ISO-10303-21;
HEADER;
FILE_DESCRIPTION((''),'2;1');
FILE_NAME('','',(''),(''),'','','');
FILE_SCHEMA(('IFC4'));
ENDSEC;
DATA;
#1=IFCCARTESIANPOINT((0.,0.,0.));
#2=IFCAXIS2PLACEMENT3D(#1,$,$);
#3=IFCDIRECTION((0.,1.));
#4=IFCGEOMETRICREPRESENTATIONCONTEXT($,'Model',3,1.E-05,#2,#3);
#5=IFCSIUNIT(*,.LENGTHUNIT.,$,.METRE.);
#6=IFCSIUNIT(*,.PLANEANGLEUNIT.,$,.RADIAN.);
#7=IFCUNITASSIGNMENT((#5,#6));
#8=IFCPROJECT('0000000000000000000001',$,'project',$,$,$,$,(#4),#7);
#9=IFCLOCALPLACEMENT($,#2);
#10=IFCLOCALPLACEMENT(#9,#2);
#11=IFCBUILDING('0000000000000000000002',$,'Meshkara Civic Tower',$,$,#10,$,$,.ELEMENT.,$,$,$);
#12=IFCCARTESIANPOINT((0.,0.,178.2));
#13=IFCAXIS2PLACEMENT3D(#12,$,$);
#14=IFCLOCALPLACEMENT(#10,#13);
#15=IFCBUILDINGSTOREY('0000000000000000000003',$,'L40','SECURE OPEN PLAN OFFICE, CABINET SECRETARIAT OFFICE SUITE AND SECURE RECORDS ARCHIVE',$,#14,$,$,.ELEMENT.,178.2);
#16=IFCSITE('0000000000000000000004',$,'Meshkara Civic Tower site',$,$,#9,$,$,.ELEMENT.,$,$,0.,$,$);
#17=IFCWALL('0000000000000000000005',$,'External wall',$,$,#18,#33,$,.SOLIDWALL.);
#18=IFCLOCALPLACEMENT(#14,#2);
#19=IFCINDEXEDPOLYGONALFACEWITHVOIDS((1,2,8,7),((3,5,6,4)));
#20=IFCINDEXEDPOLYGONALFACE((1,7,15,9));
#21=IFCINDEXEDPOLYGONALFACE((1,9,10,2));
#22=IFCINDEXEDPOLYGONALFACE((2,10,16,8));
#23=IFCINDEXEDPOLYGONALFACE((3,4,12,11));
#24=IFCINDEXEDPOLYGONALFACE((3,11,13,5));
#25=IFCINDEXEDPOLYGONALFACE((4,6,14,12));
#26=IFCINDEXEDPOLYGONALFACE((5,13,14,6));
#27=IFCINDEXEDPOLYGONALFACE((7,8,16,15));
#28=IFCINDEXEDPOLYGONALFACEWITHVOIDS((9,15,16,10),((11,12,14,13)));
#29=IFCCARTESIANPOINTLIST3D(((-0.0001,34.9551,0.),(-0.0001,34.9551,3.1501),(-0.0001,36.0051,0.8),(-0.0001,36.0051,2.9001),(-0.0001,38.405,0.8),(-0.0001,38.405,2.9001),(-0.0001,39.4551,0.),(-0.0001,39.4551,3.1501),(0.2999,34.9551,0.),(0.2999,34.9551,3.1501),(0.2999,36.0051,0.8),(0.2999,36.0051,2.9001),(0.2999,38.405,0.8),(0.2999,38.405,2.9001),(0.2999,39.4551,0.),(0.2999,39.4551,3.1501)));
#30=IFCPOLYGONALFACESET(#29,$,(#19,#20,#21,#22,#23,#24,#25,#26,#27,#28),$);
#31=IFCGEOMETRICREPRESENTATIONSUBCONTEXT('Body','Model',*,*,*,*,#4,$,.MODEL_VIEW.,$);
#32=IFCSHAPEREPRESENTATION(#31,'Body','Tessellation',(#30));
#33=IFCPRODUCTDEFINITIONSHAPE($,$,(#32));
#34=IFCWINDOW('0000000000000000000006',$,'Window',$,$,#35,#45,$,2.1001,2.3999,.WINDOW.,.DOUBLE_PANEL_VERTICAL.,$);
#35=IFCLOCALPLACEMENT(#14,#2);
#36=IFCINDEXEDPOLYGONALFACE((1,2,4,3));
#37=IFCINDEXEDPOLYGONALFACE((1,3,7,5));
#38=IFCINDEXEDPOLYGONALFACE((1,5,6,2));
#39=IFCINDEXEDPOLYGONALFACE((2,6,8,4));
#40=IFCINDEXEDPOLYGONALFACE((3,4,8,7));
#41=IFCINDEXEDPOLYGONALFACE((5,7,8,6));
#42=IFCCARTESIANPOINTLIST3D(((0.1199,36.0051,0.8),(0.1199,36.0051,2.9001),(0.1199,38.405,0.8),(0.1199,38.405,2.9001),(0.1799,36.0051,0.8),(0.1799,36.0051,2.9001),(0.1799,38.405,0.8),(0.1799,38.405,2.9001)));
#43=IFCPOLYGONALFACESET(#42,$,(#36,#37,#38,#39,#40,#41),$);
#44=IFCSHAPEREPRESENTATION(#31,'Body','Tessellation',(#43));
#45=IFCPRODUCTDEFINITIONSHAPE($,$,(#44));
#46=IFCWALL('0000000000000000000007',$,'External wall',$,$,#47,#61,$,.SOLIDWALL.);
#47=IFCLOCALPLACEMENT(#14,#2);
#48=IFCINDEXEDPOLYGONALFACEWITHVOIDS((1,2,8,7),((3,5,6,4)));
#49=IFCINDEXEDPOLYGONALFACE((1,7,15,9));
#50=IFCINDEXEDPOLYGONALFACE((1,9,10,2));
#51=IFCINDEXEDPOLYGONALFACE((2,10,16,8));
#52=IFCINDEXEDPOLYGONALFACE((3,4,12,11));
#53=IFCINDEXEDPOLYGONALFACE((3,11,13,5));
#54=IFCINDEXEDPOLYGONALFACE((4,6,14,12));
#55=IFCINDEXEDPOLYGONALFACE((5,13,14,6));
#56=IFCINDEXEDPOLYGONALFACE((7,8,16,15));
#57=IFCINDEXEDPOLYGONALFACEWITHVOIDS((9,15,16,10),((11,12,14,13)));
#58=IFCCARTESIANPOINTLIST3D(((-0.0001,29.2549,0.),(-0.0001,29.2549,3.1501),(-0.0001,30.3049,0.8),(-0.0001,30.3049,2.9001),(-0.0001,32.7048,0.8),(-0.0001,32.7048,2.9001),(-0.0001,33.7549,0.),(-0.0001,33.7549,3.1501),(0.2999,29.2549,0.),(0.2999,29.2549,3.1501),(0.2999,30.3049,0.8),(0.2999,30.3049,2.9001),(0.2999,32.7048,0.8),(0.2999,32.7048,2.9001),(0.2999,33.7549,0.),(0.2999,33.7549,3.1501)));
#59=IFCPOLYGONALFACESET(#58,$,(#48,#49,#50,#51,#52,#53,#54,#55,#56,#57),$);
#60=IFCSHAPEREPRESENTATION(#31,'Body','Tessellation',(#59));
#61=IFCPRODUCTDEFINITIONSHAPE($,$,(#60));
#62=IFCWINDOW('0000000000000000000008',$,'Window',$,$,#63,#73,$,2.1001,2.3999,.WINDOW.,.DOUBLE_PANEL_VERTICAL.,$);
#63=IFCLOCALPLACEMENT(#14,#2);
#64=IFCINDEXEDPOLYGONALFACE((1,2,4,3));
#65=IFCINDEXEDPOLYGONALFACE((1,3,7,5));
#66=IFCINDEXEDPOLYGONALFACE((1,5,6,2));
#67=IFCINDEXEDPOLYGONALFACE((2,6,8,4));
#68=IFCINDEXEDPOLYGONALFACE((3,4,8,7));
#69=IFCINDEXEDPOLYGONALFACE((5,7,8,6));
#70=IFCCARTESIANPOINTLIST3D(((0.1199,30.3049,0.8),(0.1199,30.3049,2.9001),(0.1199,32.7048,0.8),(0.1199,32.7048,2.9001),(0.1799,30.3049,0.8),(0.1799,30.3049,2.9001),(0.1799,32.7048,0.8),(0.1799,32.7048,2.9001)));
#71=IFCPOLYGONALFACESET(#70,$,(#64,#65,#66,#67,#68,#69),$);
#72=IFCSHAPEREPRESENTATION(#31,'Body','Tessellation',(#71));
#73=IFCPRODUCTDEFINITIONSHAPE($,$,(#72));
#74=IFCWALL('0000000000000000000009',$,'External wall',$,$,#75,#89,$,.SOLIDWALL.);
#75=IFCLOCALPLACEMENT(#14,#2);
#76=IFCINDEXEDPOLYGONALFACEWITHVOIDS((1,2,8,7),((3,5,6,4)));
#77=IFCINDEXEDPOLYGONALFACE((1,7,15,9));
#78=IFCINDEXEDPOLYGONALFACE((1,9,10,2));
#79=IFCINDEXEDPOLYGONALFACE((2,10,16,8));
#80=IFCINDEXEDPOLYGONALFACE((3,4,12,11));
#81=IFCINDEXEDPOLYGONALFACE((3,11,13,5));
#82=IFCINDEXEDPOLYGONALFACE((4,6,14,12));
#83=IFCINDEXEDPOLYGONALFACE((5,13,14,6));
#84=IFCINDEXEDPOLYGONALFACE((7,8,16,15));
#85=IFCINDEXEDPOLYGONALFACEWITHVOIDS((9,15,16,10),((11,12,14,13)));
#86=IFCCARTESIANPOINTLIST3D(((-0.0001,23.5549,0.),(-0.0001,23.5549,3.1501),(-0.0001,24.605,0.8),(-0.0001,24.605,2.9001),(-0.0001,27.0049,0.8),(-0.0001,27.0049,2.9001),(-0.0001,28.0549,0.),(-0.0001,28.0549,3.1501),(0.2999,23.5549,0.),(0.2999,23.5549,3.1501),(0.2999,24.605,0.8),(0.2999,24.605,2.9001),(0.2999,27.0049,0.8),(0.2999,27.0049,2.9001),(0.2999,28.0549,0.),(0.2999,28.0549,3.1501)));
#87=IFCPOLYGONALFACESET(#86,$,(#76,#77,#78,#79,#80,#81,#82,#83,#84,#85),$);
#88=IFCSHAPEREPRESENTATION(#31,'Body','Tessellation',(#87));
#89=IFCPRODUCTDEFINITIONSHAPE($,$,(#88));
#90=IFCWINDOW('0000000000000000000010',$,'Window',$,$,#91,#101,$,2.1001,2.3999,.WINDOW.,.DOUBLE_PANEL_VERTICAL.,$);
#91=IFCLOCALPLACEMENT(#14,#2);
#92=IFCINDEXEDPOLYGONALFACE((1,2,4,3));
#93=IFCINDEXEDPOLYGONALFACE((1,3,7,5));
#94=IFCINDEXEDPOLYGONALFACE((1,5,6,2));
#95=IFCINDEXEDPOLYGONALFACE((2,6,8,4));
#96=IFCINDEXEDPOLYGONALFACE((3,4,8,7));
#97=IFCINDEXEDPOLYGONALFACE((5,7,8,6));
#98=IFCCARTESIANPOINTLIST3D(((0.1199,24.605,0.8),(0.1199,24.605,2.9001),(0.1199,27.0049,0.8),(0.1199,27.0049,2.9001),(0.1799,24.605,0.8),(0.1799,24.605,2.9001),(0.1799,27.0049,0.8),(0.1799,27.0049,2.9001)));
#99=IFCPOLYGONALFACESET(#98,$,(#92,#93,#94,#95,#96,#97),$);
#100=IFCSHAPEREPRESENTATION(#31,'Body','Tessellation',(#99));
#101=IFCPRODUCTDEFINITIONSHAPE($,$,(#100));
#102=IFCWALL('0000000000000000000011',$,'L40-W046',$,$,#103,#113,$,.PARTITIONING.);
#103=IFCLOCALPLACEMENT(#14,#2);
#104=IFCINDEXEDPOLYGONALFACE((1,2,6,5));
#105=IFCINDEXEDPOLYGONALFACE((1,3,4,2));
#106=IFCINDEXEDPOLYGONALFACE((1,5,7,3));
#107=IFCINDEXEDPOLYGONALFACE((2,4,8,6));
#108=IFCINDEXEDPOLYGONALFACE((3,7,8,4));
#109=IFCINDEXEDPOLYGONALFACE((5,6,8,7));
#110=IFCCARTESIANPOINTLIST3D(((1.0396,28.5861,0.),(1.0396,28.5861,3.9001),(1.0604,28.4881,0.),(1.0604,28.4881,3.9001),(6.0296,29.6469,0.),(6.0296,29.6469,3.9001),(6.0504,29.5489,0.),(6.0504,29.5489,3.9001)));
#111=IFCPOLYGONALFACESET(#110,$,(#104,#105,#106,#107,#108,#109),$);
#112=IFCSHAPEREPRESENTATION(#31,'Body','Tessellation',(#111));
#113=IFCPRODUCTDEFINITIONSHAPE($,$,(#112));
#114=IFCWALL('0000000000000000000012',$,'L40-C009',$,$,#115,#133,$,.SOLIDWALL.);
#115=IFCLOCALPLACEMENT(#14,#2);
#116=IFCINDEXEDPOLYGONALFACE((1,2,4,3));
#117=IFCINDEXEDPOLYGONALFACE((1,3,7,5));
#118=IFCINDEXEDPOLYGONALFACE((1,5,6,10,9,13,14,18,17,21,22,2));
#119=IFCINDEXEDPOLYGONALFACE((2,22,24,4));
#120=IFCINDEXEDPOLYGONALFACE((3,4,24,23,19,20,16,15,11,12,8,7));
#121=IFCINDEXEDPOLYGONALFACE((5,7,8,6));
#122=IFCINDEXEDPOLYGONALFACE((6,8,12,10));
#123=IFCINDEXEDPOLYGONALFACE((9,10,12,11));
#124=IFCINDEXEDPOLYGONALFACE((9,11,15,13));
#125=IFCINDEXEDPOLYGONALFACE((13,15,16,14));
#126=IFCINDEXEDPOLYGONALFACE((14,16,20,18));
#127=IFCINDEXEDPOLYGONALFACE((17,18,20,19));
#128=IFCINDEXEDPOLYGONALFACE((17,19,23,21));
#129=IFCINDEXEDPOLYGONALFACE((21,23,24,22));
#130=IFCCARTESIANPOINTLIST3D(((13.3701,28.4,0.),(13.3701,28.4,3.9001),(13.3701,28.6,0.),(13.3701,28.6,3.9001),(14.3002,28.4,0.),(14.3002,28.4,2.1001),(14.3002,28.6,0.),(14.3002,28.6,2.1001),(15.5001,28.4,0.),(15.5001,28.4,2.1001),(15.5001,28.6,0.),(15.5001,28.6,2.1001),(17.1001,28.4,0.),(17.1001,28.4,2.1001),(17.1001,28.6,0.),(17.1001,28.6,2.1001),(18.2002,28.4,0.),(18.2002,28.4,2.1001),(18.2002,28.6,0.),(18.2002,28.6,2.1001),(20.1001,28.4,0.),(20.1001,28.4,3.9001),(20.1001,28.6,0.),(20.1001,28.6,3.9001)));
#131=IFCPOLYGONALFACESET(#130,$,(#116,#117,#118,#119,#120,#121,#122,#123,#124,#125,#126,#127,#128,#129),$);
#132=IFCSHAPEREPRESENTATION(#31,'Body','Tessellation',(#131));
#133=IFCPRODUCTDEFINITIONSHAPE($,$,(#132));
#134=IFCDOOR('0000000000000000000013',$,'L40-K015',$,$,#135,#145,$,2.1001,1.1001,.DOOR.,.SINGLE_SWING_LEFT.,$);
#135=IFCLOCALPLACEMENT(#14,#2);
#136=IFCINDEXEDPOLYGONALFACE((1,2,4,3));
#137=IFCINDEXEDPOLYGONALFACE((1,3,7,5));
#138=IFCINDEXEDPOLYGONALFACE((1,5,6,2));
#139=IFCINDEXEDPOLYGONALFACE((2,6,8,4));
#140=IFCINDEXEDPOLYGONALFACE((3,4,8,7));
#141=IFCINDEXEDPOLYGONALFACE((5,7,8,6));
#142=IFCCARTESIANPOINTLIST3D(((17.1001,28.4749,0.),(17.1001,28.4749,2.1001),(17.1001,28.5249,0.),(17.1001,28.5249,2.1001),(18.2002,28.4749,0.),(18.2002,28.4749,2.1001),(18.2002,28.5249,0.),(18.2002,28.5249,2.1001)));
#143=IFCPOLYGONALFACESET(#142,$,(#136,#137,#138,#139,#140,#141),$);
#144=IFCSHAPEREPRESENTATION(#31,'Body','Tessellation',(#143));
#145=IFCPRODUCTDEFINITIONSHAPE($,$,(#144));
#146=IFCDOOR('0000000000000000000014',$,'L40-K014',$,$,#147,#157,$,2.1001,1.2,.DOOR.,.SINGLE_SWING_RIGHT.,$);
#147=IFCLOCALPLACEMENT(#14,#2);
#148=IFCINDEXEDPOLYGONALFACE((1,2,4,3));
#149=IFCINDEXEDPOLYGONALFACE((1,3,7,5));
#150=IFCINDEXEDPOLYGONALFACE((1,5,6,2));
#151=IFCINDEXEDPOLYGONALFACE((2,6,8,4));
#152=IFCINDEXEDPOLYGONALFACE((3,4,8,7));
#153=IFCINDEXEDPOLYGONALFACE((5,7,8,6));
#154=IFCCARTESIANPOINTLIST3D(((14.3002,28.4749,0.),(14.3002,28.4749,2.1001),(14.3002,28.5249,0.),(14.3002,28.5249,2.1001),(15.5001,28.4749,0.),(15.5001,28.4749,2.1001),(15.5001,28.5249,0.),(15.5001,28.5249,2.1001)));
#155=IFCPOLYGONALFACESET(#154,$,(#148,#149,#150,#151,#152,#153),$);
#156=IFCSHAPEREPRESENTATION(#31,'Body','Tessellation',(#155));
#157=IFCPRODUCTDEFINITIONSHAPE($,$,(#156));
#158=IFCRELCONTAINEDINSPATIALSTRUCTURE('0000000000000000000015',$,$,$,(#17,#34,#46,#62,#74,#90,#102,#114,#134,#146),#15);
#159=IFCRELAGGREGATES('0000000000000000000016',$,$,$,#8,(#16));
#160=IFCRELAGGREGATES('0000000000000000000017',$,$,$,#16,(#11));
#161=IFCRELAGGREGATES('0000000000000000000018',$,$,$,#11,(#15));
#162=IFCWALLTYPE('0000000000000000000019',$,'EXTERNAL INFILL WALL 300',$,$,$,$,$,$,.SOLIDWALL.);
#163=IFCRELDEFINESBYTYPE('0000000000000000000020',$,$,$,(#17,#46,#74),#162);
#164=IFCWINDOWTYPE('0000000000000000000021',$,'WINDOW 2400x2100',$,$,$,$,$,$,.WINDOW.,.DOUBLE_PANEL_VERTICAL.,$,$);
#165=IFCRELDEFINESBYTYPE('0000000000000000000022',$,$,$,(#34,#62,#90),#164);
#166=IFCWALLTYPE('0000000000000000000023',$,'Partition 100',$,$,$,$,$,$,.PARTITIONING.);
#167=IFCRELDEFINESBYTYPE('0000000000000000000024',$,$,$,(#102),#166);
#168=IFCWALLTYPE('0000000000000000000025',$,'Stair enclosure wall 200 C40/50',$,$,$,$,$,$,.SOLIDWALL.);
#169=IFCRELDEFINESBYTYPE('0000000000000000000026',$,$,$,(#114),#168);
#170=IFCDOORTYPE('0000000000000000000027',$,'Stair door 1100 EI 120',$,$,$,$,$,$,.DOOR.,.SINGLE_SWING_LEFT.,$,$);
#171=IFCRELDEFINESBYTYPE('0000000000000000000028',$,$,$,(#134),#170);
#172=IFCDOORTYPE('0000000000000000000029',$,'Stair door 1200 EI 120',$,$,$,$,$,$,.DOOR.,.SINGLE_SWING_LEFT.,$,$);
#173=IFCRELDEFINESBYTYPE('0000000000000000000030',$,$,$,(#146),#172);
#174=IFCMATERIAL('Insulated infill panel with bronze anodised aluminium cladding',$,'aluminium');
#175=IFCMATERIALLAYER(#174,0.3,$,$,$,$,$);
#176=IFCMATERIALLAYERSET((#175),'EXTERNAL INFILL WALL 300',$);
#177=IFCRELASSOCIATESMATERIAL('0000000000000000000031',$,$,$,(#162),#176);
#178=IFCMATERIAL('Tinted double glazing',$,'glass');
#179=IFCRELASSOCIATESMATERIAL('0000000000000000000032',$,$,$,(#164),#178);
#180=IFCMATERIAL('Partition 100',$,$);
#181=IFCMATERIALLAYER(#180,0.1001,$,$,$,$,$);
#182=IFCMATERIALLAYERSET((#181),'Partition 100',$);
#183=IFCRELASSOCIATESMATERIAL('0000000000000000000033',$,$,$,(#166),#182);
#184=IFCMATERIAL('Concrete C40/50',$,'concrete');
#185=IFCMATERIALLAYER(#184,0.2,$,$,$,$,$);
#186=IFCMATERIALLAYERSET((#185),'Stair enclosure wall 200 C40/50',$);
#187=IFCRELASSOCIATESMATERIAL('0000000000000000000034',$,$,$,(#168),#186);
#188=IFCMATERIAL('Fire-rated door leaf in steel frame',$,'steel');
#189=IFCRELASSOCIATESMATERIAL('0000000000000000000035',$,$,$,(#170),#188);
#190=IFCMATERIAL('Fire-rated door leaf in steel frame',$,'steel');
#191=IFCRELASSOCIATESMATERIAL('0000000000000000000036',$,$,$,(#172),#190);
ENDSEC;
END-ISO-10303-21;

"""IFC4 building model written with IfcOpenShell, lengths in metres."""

from ifc_helpers import new_model, si_unit, direction, frame, frame_2d, origin, place, context, subcontext, project, spatial, rectangle, extrude, material, layer, layer_set, type_object, element, fill, save


model = new_model("IFC4")

# Units and contexts
model_context = context("Model", 3, precision=1e-05, world=origin(), true_north=direction((0.0, 1.0)))
body_context = subcontext(model_context, "Body", "Model", "MODEL_VIEW")
ifc_project = project(units=[si_unit("LENGTHUNIT", "METRE"), si_unit("PLANEANGLEUNIT", "RADIAN")], contexts=[model_context])

# Site, building, storey
site_placement = place(None, origin())
site = spatial("IfcSite", under=ifc_project, at=site_placement, Name="Meshkara Civic Tower site", CompositionType="ELEMENT", RefElevation=0.0)
building_placement = place(site_placement, origin())
building = spatial("IfcBuilding", under=site, at=building_placement, Name="Meshkara Civic Tower", CompositionType="ELEMENT")
storey_placement = place(building_placement, frame((0.0, 0.0, 178.2)))
storey = spatial("IfcBuildingStorey", under=building, at=storey_placement, Name="L40", Description="SECURE OPEN PLAN OFFICE, CABINET SECRETARIAT OFFICE SUITE AND SECURE RECORDS ARCHIVE", CompositionType="ELEMENT", Elevation=178.2)

# Walls, openings, windows
ifc_material_1 = material(Name="Insulated infill panel with bronze anodised aluminium cladding", Category="aluminium")
ifc_layer_1 = layer(ifc_material_1, 0.3)
ifc_layer_set_1 = layer_set([ifc_layer_1], Name="EXTERNAL INFILL WALL 300")
wall_type_1 = type_object("IfcWallType", Name="EXTERNAL INFILL WALL 300", PredefinedType="SOLIDWALL", material=ifc_layer_set_1)
wall_1_placement = place(storey_placement, frame((0.1499, 39.4551, 0.0), z_axis=(0.0, 0.0, 1.0), x_axis=(0.0, -1.0, 0.0)))
wall_1 = element("IfcWall", 1, at=wall_1_placement, inside=storey, type_object=wall_type_1, Name="External wall", PredefinedType="SOLIDWALL", context=body_context, shape_type="SweptSolid", body=[
    extrude(rectangle(XDim=4.5, YDim=0.3, at=frame_2d((2.25, 0.0))), origin(), (0.0, 0.0, 1.0), 3.1501),
])
opening_1_placement = place(wall_1_placement, frame((1.05, 0.0, 0.8)))
opening_1 = element("IfcOpeningElement", 2, at=opening_1_placement, cuts=wall_1, PredefinedType="OPENING", context=body_context, shape_type="SweptSolid", body=[
    extrude(rectangle(XDim=2.3999, YDim=2.1001, at=frame_2d((1.2, 1.05))), frame((0.0, 0.1599, 0.0), z_axis=(0.0, -1.0, 0.0), x_axis=(1.0, 0.0, 0.0)), (0.0, 0.0, 1.0), 0.3201),
])
ifc_material_2 = material(Name="Tinted double glazing", Category="glass")
window_type = type_object("IfcWindowType", Name="WINDOW 2400x2100", PartitioningType="DOUBLE_PANEL_VERTICAL", PredefinedType="WINDOW", material=ifc_material_2)
window_1_placement = place(opening_1_placement, origin())
window_1 = element("IfcWindow", 3, at=window_1_placement, inside=storey, type_object=window_type, Name="Window", OverallHeight=2.1001, OverallWidth=2.3999, PartitioningType="DOUBLE_PANEL_VERTICAL", PredefinedType="WINDOW", context=body_context, shape_type="SweptSolid", body=[
    extrude(rectangle(XDim=2.3999, YDim=2.1001, at=frame_2d((1.2, 1.05))), frame((0.0, 0.03, 0.0), z_axis=(0.0, -1.0, 0.0), x_axis=(1.0, 0.0, 0.0)), (0.0, 0.0, 1.0), 0.0601),
])
fill(opening_1, window_1)
wall_2_placement = place(storey_placement, frame((0.1499, 33.7549, 0.0), z_axis=(0.0, 0.0, 1.0), x_axis=(0.0, -1.0, 0.0)))
wall_2 = element("IfcWall", 4, at=wall_2_placement, inside=storey, type_object=wall_type_1, Name="External wall", PredefinedType="SOLIDWALL", context=body_context, shape_type="SweptSolid", body=[
    extrude(rectangle(XDim=4.5, YDim=0.3, at=frame_2d((2.25, 0.0))), origin(), (0.0, 0.0, 1.0), 3.1501),
])
opening_2_placement = place(wall_2_placement, frame((1.05, 0.0, 0.8)))
opening_2 = element("IfcOpeningElement", 5, at=opening_2_placement, cuts=wall_2, PredefinedType="OPENING", context=body_context, shape_type="SweptSolid", body=[
    extrude(rectangle(XDim=2.3999, YDim=2.1001, at=frame_2d((1.2, 1.05))), frame((0.0, 0.1599, 0.0), z_axis=(0.0, -1.0, 0.0), x_axis=(1.0, 0.0, 0.0)), (0.0, 0.0, 1.0), 0.3201),
])
window_2_placement = place(opening_2_placement, origin())
window_2 = element("IfcWindow", 6, at=window_2_placement, inside=storey, type_object=window_type, Name="Window", OverallHeight=2.1001, OverallWidth=2.3999, PartitioningType="DOUBLE_PANEL_VERTICAL", PredefinedType="WINDOW", context=body_context, shape_type="SweptSolid", body=[
    extrude(rectangle(XDim=2.3999, YDim=2.1001, at=frame_2d((1.2, 1.05))), frame((0.0, 0.03, 0.0), z_axis=(0.0, -1.0, 0.0), x_axis=(1.0, 0.0, 0.0)), (0.0, 0.0, 1.0), 0.0601),
])
fill(opening_2, window_2)
wall_3_placement = place(storey_placement, frame((0.1499, 28.0549, 0.0), z_axis=(0.0, 0.0, 1.0), x_axis=(0.0, -1.0, 0.0)))
wall_3 = element("IfcWall", 7, at=wall_3_placement, inside=storey, type_object=wall_type_1, Name="External wall", PredefinedType="SOLIDWALL", context=body_context, shape_type="SweptSolid", body=[
    extrude(rectangle(XDim=4.5, YDim=0.3, at=frame_2d((2.25, 0.0))), origin(), (0.0, 0.0, 1.0), 3.1501),
])
opening_3_placement = place(wall_3_placement, frame((1.05, 0.0, 0.8)))
opening_3 = element("IfcOpeningElement", 8, at=opening_3_placement, cuts=wall_3, PredefinedType="OPENING", context=body_context, shape_type="SweptSolid", body=[
    extrude(rectangle(XDim=2.3999, YDim=2.1001, at=frame_2d((1.2, 1.05))), frame((0.0, 0.1599, 0.0), z_axis=(0.0, -1.0, 0.0), x_axis=(1.0, 0.0, 0.0)), (0.0, 0.0, 1.0), 0.3201),
])
window_3_placement = place(opening_3_placement, origin())
window_3 = element("IfcWindow", 9, at=window_3_placement, inside=storey, type_object=window_type, Name="Window", OverallHeight=2.1001, OverallWidth=2.3999, PartitioningType="DOUBLE_PANEL_VERTICAL", PredefinedType="WINDOW", context=body_context, shape_type="SweptSolid", body=[
    extrude(rectangle(XDim=2.3999, YDim=2.1001, at=frame_2d((1.2, 1.05))), frame((0.0, 0.03, 0.0), z_axis=(0.0, -1.0, 0.0), x_axis=(1.0, 0.0, 0.0)), (0.0, 0.0, 1.0), 0.0601),
])
fill(opening_3, window_3)

# Wall
ifc_material_3 = material(Name="Partition 100")
ifc_layer_2 = layer(ifc_material_3, 0.1001)
ifc_layer_set_2 = layer_set([ifc_layer_2], Name="Partition 100")
wall_type_2 = type_object("IfcWallType", Name="Partition 100", PredefinedType="PARTITIONING", material=ifc_layer_set_2)
wall_4_placement = place(storey_placement, frame((6.04, 29.5979, 0.0), z_axis=(0.0, 0.0, 1.0), x_axis=(-0.978142, -0.207937, 0.0)))
element("IfcWall", 10, at=wall_4_placement, inside=storey, type_object=wall_type_2, Name="L40-W046", PredefinedType="PARTITIONING", context=body_context, shape_type="SweptSolid", body=[
    extrude(rectangle(XDim=5.1016, YDim=0.1001, at=frame_2d((2.5508, 0.0))), origin(), (0.0, 0.0, 1.0), 3.9001),
])

# Wall, openings, doors
ifc_material_4 = material(Name="Concrete C40/50", Category="concrete")
ifc_layer_3 = layer(ifc_material_4, 0.2)
ifc_layer_set_3 = layer_set([ifc_layer_3], Name="Stair enclosure wall 200 C40/50")
wall_type_3 = type_object("IfcWallType", Name="Stair enclosure wall 200 C40/50", PredefinedType="SOLIDWALL", material=ifc_layer_set_3)
wall_5_placement = place(storey_placement, frame((13.3701, 28.5, 0.0), z_axis=(0.0, 0.0, 1.0), x_axis=(1.0, 0.0, 0.0)))
wall_5 = element("IfcWall", 11, at=wall_5_placement, inside=storey, type_object=wall_type_3, Name="L40-C009", PredefinedType="SOLIDWALL", context=body_context, shape_type="SweptSolid", body=[
    extrude(rectangle(XDim=6.73, YDim=0.2, at=frame_2d((3.365, 0.0))), origin(), (0.0, 0.0, 1.0), 3.9001),
])
opening_4_placement = place(wall_5_placement, frame((0.9299, 0.0, 0.0)))
opening_4 = element("IfcOpeningElement", 12, at=opening_4_placement, cuts=wall_5, PredefinedType="OPENING", context=body_context, shape_type="SweptSolid", body=[
    extrude(rectangle(XDim=1.2, YDim=2.1001, at=frame_2d((0.6001, 1.05))), frame((0.0, 0.1099, 0.0), z_axis=(0.0, -1.0, 0.0), x_axis=(1.0, 0.0, 0.0)), (0.0, 0.0, 1.0), 0.22),
])
opening_5_placement = place(wall_5_placement, frame((3.73, 0.0, 0.0)))
opening_5 = element("IfcOpeningElement", 13, at=opening_5_placement, cuts=wall_5, PredefinedType="OPENING", context=body_context, shape_type="SweptSolid", body=[
    extrude(rectangle(XDim=1.1001, YDim=2.1001, at=frame_2d((0.55, 1.05))), frame((0.0, 0.1099, 0.0), z_axis=(0.0, -1.0, 0.0), x_axis=(1.0, 0.0, 0.0)), (0.0, 0.0, 1.0), 0.22),
])
ifc_material_5 = material(Name="Fire-rated door leaf in steel frame", Category="steel")
door_type_1 = type_object("IfcDoorType", Name="Stair door 1100 EI 120", OperationType="SINGLE_SWING_LEFT", PredefinedType="DOOR", material=ifc_material_5)
door_1_placement = place(opening_5_placement, origin())
door_1 = element("IfcDoor", 14, at=door_1_placement, inside=storey, type_object=door_type_1, Name="L40-K015", OperationType="SINGLE_SWING_LEFT", OverallHeight=2.1001, OverallWidth=1.1001, PredefinedType="DOOR", context=body_context, shape_type="SweptSolid", body=[
    extrude(rectangle(XDim=1.1001, YDim=2.1001, at=frame_2d((0.55, 1.05))), frame((0.0, 0.0249, 0.0), z_axis=(0.0, -1.0, 0.0), x_axis=(1.0, 0.0, 0.0)), (0.0, 0.0, 1.0), 0.05),
])
fill(opening_5, door_1)
ifc_material_6 = material(Name="Fire-rated door leaf in steel frame", Category="steel")
door_type_2 = type_object("IfcDoorType", Name="Stair door 1200 EI 120", OperationType="SINGLE_SWING_LEFT", PredefinedType="DOOR", material=ifc_material_6)
door_2_placement = place(opening_4_placement, origin())
door_2 = element("IfcDoor", 15, at=door_2_placement, inside=storey, type_object=door_type_2, Name="L40-K014", OperationType="SINGLE_SWING_RIGHT", OverallHeight=2.1001, OverallWidth=1.2, PredefinedType="DOOR", context=body_context, shape_type="SweptSolid", body=[
    extrude(rectangle(XDim=1.2, YDim=2.1001, at=frame_2d((0.6001, 1.05))), frame((0.0, 0.0249, 0.0), z_axis=(0.0, -1.0, 0.0), x_axis=(1.0, 0.0, 0.0)), (0.0, 0.0, 1.0), 0.05),
])
fill(opening_4, door_2)

save(model, "model.ifc")
